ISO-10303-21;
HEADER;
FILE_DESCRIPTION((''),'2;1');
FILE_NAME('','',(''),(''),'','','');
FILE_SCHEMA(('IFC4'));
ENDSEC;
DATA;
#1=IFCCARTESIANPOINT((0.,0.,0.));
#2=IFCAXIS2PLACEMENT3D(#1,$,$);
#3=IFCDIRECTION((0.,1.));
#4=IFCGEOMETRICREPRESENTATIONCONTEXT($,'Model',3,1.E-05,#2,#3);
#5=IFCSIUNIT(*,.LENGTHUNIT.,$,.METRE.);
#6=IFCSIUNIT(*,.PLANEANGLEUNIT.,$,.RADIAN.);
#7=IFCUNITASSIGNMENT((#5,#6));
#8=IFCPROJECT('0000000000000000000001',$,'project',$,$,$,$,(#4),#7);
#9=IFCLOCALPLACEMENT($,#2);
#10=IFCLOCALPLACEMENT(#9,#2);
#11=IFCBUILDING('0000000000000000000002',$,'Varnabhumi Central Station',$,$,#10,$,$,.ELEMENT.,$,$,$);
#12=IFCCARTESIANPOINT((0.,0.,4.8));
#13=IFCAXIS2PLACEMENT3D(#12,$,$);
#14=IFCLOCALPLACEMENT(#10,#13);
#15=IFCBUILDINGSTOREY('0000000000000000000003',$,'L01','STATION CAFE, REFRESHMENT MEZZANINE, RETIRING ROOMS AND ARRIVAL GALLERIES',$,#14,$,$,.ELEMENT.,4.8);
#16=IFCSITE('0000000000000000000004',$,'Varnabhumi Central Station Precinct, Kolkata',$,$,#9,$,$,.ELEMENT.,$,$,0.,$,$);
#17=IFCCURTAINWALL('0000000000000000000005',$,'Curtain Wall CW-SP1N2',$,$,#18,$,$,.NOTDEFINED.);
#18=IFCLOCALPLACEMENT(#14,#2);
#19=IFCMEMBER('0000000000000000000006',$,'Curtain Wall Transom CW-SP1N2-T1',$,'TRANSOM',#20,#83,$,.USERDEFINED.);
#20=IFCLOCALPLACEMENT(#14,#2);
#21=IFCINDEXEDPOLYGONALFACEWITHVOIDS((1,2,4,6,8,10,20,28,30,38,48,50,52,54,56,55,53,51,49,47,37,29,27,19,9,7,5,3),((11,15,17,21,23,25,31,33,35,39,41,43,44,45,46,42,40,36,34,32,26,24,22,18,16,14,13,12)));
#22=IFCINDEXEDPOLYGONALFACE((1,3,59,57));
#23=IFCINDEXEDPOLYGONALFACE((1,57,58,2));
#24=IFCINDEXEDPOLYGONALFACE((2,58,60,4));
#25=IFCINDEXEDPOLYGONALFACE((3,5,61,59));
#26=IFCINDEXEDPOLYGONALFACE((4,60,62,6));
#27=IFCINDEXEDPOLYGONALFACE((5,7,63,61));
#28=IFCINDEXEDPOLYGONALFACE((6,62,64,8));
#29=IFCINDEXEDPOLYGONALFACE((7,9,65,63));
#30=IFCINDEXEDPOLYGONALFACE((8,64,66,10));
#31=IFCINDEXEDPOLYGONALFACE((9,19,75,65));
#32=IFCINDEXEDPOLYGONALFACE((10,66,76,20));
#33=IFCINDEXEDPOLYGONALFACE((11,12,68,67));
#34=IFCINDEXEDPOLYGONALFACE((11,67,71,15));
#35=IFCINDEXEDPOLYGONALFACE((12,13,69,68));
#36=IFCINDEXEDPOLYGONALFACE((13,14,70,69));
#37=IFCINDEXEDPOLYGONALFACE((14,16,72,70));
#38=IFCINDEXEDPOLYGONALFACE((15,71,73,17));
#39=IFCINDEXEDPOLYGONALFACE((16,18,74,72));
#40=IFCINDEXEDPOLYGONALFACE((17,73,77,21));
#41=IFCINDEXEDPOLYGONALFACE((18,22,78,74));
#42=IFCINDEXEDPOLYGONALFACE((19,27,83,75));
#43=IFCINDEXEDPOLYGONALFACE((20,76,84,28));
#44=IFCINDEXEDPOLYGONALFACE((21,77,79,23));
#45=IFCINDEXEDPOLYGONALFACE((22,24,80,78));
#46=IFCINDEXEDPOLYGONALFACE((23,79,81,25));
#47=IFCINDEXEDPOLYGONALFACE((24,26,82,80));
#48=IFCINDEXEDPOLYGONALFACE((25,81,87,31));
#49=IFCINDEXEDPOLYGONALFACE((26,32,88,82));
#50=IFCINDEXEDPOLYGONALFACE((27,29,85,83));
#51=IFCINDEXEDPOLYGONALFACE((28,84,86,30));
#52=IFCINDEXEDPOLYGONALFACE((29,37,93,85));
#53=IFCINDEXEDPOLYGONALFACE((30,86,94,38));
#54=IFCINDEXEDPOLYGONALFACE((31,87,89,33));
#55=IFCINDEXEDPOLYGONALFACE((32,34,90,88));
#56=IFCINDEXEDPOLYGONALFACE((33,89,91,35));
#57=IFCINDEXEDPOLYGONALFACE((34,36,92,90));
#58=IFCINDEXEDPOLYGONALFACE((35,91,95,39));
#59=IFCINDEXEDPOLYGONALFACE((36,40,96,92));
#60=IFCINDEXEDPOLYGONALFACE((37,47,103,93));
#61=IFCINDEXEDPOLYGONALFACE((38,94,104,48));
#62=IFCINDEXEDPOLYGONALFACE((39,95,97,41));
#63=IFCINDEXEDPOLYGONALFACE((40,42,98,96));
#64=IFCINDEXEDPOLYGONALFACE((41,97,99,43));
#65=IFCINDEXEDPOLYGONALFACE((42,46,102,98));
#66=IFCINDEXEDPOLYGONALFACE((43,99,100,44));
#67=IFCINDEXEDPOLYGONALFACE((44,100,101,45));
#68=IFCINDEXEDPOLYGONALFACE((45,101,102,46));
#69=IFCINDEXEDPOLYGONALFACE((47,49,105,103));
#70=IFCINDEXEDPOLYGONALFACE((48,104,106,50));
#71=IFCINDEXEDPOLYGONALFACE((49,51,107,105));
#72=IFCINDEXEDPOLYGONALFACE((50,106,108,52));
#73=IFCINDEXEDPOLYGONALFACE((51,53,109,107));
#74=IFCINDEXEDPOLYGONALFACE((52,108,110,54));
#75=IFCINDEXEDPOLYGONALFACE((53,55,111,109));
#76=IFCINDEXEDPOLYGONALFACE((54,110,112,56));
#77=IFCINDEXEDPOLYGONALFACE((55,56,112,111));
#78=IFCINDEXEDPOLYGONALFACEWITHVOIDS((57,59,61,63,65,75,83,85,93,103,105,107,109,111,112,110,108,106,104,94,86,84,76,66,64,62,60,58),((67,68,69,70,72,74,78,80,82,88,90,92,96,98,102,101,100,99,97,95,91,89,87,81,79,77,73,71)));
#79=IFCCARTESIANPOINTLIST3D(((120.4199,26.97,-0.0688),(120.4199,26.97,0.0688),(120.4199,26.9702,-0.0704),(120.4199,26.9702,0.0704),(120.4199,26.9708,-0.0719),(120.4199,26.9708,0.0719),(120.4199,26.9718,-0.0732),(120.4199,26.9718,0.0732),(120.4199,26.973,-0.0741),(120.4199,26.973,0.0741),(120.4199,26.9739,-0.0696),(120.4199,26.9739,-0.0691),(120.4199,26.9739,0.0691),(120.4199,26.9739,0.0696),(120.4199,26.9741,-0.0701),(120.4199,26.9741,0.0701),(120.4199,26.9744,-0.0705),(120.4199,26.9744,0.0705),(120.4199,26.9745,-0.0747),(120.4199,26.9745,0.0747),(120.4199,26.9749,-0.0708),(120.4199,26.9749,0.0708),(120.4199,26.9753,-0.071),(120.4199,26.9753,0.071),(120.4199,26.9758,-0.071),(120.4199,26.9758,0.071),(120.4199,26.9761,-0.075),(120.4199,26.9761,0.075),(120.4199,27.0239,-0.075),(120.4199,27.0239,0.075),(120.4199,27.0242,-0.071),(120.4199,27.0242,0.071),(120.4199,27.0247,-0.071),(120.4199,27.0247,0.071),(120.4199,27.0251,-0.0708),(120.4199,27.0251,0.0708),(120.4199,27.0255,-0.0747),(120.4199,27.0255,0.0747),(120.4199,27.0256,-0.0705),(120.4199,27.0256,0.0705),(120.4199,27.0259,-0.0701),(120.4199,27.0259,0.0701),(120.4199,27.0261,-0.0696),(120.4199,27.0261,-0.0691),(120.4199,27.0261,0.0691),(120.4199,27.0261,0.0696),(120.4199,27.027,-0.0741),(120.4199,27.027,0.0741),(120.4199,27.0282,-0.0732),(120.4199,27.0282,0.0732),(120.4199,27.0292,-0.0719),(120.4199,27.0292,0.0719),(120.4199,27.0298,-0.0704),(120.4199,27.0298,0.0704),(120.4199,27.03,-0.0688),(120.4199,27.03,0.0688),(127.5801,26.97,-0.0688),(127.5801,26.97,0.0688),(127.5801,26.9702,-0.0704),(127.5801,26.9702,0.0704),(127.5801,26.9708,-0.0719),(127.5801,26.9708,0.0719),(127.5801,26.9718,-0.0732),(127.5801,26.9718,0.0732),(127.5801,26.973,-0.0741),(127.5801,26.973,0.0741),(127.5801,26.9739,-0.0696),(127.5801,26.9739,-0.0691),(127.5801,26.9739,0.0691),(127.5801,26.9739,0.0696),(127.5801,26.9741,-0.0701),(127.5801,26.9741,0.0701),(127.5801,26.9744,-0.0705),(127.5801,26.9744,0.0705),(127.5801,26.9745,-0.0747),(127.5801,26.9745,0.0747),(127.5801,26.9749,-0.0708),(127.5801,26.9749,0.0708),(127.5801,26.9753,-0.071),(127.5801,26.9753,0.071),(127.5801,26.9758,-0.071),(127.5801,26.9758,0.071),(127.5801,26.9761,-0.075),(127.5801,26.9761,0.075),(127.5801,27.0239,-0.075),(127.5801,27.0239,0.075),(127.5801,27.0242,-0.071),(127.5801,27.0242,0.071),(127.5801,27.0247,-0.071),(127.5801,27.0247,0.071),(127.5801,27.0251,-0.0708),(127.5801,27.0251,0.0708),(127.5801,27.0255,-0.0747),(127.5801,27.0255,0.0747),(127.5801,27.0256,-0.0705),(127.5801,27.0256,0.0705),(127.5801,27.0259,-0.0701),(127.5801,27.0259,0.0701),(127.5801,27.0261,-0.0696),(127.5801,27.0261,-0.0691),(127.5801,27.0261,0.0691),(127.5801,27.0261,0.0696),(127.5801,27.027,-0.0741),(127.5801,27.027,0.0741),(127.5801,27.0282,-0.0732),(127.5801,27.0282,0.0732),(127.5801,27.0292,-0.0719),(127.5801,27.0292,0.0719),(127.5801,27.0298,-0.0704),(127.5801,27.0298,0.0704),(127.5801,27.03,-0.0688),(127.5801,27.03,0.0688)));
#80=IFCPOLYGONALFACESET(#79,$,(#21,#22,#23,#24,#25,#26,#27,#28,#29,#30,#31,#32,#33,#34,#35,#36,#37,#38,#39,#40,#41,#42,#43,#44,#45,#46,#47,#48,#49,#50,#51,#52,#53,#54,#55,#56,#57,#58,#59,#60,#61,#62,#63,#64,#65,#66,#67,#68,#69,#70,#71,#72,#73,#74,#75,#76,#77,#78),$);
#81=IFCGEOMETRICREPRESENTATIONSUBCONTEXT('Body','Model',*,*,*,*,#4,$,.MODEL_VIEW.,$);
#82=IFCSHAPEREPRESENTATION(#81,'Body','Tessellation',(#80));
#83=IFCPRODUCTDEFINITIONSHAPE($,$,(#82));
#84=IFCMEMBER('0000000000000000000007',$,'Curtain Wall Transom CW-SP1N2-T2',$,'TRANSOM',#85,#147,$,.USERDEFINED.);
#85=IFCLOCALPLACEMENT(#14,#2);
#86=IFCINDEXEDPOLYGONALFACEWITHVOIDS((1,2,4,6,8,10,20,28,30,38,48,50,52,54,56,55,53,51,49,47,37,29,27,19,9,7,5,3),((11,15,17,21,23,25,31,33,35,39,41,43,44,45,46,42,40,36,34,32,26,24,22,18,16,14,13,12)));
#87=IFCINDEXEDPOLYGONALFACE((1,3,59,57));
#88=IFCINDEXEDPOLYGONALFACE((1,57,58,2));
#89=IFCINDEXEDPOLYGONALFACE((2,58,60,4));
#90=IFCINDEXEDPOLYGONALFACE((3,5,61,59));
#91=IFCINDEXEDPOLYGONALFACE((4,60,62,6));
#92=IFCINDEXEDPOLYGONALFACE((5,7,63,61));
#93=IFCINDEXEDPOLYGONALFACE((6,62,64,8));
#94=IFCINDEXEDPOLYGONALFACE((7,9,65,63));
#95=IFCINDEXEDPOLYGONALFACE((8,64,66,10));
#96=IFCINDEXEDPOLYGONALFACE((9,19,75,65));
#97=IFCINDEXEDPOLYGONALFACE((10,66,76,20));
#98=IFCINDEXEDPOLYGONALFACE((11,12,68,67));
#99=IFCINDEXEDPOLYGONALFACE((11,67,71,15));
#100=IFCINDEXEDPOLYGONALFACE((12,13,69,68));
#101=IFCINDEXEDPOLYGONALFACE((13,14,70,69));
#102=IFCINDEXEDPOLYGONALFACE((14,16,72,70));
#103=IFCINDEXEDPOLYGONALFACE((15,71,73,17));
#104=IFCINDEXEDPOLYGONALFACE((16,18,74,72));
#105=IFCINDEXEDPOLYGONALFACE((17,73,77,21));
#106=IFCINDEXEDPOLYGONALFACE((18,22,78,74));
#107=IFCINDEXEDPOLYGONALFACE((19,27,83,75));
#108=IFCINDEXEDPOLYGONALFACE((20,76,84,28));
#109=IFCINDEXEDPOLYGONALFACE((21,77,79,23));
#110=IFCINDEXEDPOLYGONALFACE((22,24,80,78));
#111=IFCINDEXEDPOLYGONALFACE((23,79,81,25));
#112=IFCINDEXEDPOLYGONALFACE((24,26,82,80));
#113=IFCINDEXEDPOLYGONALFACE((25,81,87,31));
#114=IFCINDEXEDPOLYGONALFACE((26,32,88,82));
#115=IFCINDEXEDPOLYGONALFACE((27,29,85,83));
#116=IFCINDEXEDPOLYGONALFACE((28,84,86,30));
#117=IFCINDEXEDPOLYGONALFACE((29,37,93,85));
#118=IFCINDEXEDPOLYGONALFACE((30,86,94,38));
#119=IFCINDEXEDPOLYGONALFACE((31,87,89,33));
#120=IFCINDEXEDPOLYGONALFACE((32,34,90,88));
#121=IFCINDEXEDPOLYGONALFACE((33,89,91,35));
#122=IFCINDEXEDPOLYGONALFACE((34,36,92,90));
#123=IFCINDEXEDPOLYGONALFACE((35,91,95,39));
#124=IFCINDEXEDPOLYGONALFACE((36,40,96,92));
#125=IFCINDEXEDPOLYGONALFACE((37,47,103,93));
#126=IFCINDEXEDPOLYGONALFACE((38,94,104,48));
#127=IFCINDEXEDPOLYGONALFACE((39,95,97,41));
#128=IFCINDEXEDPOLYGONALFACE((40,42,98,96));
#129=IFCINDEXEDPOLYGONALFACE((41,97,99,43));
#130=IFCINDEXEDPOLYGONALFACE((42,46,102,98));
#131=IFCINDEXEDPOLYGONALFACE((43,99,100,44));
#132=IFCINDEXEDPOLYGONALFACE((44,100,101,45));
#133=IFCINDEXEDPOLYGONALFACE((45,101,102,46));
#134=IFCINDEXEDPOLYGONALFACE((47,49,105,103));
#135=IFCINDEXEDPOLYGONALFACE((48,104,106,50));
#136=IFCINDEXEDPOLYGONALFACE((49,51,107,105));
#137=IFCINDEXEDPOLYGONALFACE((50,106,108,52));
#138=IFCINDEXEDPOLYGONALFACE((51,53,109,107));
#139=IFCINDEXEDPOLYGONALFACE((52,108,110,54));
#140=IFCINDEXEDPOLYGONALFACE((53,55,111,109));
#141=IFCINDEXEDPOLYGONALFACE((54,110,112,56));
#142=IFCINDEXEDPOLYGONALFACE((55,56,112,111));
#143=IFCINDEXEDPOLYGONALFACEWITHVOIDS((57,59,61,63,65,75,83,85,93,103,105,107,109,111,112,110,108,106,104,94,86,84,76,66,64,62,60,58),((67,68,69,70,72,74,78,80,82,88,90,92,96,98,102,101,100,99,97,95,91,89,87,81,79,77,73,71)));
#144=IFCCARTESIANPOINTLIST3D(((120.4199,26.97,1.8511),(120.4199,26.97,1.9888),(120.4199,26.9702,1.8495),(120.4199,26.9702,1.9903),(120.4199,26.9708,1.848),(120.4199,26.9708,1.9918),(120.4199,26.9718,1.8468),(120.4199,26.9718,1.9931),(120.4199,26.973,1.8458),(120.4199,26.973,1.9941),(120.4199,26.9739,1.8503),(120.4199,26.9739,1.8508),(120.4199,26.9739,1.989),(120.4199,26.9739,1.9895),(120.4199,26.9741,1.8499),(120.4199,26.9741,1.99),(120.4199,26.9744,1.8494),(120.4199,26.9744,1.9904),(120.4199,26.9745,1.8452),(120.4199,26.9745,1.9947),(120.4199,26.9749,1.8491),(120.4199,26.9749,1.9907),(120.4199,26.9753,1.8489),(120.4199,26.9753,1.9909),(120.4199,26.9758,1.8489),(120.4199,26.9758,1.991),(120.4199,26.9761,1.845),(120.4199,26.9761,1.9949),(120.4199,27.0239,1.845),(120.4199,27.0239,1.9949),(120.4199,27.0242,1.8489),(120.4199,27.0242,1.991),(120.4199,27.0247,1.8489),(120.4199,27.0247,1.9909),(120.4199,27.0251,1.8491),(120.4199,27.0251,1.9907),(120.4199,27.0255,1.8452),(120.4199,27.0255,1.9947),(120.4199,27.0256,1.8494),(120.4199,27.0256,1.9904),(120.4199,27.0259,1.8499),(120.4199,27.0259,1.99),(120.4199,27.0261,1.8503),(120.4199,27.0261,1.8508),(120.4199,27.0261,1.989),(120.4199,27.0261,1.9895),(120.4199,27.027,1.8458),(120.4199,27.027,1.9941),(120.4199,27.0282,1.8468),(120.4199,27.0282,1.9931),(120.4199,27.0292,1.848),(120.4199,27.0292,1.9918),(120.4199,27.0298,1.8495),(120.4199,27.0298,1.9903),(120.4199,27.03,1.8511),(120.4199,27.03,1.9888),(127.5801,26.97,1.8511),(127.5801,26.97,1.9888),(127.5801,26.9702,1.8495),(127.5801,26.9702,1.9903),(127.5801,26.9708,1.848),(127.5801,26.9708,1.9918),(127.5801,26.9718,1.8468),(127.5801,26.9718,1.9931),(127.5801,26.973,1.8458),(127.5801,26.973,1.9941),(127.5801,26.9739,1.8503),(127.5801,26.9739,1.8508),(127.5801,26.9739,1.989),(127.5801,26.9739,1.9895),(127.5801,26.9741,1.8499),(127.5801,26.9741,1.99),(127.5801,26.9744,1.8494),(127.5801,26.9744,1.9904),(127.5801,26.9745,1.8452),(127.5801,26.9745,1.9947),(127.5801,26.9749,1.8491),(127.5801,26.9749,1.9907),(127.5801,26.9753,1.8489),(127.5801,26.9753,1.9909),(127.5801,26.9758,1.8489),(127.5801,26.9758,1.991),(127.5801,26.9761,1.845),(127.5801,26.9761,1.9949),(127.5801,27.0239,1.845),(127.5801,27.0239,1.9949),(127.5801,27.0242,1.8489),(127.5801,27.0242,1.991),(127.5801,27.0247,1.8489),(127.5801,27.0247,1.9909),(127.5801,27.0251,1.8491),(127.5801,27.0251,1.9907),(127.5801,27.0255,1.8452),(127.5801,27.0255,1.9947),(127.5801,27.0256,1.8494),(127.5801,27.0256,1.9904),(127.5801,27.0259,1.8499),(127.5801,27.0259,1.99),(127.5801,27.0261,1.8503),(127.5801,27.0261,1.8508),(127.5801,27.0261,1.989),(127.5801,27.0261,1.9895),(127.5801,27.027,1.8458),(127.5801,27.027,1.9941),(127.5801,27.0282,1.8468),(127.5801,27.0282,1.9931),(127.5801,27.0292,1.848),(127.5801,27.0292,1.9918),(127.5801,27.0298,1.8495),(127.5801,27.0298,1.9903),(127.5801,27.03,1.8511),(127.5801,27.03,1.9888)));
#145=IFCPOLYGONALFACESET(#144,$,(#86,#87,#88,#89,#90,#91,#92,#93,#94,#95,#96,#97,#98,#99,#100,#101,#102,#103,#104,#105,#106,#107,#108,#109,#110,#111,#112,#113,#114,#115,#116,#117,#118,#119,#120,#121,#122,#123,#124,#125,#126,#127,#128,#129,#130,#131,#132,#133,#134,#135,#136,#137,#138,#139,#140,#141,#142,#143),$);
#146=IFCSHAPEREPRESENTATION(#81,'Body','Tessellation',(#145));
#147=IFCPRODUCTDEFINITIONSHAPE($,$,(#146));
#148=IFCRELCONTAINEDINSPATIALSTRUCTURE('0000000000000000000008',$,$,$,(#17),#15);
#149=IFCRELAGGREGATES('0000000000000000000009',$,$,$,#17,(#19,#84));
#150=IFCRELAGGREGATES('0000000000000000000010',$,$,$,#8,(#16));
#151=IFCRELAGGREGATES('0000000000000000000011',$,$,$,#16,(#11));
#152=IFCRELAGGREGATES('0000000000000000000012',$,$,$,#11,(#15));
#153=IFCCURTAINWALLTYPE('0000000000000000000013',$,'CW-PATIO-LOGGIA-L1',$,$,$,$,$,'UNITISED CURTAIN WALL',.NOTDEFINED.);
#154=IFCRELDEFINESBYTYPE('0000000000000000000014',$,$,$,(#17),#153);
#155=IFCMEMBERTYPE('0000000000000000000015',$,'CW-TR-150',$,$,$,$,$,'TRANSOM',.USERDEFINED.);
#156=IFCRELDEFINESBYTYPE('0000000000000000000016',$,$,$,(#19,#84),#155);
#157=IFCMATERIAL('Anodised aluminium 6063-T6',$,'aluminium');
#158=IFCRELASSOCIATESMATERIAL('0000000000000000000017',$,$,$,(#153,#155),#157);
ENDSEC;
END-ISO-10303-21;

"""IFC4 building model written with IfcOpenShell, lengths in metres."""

from ifc_helpers import new_model, si_unit, direction, frame, origin, origin_2d, place, context, subcontext, project, spatial, hollow_rectangle, extrude, material, material_profile, profile_set, type_object, element, aggregate, save


model = new_model("IFC4")

# Units and contexts
model_context = context("Model", 3, precision=1e-05, world=origin(), true_north=direction((0.0, 1.0)))
body_context = subcontext(model_context, "Body", "Model", "MODEL_VIEW")
ifc_project = project(units=[si_unit("LENGTHUNIT", "METRE"), si_unit("PLANEANGLEUNIT", "RADIAN")], contexts=[model_context])

# Site, building, storey
site_placement = place(None, origin())
site = spatial("IfcSite", under=ifc_project, at=site_placement, Name="Varnabhumi Central Station Precinct, Kolkata", CompositionType="ELEMENT", RefElevation=0.0)
building_placement = place(site_placement, origin())
building = spatial("IfcBuilding", under=site, at=building_placement, Name="Varnabhumi Central Station", CompositionType="ELEMENT")
storey_placement = place(building_placement, frame((0.0, 0.0, 4.8)))
storey = spatial("IfcBuildingStorey", under=building, at=storey_placement, Name="L01", Description="STATION CAFE, REFRESHMENT MEZZANINE, RETIRING ROOMS AND ARRIVAL GALLERIES", CompositionType="ELEMENT", Elevation=4.8)

# Curtain wall
ifc_material_1 = material(Name="Anodised aluminium 6063-T6", Category="aluminium")
curtain_wall_type_1 = type_object("IfcCurtainWallType", Name="CW-PATIO-LOGGIA-L1", ElementType="UNITISED CURTAIN WALL", PredefinedType="NOTDEFINED", material=ifc_material_1)
curtain_wall_1_placement = place(storey_placement, origin())
curtain_wall_1 = element("IfcCurtainWall", 1, at=curtain_wall_1_placement, inside=storey, type_object=curtain_wall_type_1, Name="Curtain Wall CW-SP1N2", PredefinedType="NOTDEFINED")

# Members
ifc_material_profile_1 = material_profile(ifc_material_1, hollow_rectangle(XDim=0.0601, YDim=0.1499, WallThickness=0.0039, InnerFilletRadius=0.002, OuterFilletRadius=0.0061, at=origin_2d()), Name="Anodised aluminium 6063-T6", Category="aluminium")
ifc_profile_set_1 = profile_set([ifc_material_profile_1], Name="Anodised aluminium 6063-T6")
member_type_1 = type_object("IfcMemberType", Name="CW-TR-150", ElementType="TRANSOM", PredefinedType="USERDEFINED", material=ifc_profile_set_1)
member_1_placement = place(storey_placement, frame((120.4199, 27.0, 0.0), z_axis=(1.0, 0.0, 0.0), x_axis=(0.0, 1.0, 0.0)))
member_1 = element("IfcMember", 2, at=member_1_placement, type_object=member_type_1, Name="Curtain Wall Transom CW-SP1N2-T1", ObjectType="TRANSOM", PredefinedType="USERDEFINED", context=body_context, shape_type="SweptSolid", body=[
    extrude(hollow_rectangle(XDim=0.0601, YDim=0.1499, WallThickness=0.0039, InnerFilletRadius=0.002, OuterFilletRadius=0.0061, at=origin_2d()), origin(), (0.0, 0.0, 1.0), 7.1602),
])
member_2_placement = place(storey_placement, frame((120.4199, 27.0, 1.9199), z_axis=(1.0, 0.0, 0.0), x_axis=(0.0, 1.0, 0.0)))
member_2 = element("IfcMember", 3, at=member_2_placement, type_object=member_type_1, Name="Curtain Wall Transom CW-SP1N2-T2", ObjectType="TRANSOM", PredefinedType="USERDEFINED", context=body_context, shape_type="SweptSolid", body=[
    extrude(hollow_rectangle(XDim=0.0601, YDim=0.1499, WallThickness=0.0039, InnerFilletRadius=0.002, OuterFilletRadius=0.0061, at=origin_2d()), origin(), (0.0, 0.0, 1.0), 7.1602),
])

aggregate(curtain_wall_1, [member_1, member_2])

save(model, "model.ifc")
